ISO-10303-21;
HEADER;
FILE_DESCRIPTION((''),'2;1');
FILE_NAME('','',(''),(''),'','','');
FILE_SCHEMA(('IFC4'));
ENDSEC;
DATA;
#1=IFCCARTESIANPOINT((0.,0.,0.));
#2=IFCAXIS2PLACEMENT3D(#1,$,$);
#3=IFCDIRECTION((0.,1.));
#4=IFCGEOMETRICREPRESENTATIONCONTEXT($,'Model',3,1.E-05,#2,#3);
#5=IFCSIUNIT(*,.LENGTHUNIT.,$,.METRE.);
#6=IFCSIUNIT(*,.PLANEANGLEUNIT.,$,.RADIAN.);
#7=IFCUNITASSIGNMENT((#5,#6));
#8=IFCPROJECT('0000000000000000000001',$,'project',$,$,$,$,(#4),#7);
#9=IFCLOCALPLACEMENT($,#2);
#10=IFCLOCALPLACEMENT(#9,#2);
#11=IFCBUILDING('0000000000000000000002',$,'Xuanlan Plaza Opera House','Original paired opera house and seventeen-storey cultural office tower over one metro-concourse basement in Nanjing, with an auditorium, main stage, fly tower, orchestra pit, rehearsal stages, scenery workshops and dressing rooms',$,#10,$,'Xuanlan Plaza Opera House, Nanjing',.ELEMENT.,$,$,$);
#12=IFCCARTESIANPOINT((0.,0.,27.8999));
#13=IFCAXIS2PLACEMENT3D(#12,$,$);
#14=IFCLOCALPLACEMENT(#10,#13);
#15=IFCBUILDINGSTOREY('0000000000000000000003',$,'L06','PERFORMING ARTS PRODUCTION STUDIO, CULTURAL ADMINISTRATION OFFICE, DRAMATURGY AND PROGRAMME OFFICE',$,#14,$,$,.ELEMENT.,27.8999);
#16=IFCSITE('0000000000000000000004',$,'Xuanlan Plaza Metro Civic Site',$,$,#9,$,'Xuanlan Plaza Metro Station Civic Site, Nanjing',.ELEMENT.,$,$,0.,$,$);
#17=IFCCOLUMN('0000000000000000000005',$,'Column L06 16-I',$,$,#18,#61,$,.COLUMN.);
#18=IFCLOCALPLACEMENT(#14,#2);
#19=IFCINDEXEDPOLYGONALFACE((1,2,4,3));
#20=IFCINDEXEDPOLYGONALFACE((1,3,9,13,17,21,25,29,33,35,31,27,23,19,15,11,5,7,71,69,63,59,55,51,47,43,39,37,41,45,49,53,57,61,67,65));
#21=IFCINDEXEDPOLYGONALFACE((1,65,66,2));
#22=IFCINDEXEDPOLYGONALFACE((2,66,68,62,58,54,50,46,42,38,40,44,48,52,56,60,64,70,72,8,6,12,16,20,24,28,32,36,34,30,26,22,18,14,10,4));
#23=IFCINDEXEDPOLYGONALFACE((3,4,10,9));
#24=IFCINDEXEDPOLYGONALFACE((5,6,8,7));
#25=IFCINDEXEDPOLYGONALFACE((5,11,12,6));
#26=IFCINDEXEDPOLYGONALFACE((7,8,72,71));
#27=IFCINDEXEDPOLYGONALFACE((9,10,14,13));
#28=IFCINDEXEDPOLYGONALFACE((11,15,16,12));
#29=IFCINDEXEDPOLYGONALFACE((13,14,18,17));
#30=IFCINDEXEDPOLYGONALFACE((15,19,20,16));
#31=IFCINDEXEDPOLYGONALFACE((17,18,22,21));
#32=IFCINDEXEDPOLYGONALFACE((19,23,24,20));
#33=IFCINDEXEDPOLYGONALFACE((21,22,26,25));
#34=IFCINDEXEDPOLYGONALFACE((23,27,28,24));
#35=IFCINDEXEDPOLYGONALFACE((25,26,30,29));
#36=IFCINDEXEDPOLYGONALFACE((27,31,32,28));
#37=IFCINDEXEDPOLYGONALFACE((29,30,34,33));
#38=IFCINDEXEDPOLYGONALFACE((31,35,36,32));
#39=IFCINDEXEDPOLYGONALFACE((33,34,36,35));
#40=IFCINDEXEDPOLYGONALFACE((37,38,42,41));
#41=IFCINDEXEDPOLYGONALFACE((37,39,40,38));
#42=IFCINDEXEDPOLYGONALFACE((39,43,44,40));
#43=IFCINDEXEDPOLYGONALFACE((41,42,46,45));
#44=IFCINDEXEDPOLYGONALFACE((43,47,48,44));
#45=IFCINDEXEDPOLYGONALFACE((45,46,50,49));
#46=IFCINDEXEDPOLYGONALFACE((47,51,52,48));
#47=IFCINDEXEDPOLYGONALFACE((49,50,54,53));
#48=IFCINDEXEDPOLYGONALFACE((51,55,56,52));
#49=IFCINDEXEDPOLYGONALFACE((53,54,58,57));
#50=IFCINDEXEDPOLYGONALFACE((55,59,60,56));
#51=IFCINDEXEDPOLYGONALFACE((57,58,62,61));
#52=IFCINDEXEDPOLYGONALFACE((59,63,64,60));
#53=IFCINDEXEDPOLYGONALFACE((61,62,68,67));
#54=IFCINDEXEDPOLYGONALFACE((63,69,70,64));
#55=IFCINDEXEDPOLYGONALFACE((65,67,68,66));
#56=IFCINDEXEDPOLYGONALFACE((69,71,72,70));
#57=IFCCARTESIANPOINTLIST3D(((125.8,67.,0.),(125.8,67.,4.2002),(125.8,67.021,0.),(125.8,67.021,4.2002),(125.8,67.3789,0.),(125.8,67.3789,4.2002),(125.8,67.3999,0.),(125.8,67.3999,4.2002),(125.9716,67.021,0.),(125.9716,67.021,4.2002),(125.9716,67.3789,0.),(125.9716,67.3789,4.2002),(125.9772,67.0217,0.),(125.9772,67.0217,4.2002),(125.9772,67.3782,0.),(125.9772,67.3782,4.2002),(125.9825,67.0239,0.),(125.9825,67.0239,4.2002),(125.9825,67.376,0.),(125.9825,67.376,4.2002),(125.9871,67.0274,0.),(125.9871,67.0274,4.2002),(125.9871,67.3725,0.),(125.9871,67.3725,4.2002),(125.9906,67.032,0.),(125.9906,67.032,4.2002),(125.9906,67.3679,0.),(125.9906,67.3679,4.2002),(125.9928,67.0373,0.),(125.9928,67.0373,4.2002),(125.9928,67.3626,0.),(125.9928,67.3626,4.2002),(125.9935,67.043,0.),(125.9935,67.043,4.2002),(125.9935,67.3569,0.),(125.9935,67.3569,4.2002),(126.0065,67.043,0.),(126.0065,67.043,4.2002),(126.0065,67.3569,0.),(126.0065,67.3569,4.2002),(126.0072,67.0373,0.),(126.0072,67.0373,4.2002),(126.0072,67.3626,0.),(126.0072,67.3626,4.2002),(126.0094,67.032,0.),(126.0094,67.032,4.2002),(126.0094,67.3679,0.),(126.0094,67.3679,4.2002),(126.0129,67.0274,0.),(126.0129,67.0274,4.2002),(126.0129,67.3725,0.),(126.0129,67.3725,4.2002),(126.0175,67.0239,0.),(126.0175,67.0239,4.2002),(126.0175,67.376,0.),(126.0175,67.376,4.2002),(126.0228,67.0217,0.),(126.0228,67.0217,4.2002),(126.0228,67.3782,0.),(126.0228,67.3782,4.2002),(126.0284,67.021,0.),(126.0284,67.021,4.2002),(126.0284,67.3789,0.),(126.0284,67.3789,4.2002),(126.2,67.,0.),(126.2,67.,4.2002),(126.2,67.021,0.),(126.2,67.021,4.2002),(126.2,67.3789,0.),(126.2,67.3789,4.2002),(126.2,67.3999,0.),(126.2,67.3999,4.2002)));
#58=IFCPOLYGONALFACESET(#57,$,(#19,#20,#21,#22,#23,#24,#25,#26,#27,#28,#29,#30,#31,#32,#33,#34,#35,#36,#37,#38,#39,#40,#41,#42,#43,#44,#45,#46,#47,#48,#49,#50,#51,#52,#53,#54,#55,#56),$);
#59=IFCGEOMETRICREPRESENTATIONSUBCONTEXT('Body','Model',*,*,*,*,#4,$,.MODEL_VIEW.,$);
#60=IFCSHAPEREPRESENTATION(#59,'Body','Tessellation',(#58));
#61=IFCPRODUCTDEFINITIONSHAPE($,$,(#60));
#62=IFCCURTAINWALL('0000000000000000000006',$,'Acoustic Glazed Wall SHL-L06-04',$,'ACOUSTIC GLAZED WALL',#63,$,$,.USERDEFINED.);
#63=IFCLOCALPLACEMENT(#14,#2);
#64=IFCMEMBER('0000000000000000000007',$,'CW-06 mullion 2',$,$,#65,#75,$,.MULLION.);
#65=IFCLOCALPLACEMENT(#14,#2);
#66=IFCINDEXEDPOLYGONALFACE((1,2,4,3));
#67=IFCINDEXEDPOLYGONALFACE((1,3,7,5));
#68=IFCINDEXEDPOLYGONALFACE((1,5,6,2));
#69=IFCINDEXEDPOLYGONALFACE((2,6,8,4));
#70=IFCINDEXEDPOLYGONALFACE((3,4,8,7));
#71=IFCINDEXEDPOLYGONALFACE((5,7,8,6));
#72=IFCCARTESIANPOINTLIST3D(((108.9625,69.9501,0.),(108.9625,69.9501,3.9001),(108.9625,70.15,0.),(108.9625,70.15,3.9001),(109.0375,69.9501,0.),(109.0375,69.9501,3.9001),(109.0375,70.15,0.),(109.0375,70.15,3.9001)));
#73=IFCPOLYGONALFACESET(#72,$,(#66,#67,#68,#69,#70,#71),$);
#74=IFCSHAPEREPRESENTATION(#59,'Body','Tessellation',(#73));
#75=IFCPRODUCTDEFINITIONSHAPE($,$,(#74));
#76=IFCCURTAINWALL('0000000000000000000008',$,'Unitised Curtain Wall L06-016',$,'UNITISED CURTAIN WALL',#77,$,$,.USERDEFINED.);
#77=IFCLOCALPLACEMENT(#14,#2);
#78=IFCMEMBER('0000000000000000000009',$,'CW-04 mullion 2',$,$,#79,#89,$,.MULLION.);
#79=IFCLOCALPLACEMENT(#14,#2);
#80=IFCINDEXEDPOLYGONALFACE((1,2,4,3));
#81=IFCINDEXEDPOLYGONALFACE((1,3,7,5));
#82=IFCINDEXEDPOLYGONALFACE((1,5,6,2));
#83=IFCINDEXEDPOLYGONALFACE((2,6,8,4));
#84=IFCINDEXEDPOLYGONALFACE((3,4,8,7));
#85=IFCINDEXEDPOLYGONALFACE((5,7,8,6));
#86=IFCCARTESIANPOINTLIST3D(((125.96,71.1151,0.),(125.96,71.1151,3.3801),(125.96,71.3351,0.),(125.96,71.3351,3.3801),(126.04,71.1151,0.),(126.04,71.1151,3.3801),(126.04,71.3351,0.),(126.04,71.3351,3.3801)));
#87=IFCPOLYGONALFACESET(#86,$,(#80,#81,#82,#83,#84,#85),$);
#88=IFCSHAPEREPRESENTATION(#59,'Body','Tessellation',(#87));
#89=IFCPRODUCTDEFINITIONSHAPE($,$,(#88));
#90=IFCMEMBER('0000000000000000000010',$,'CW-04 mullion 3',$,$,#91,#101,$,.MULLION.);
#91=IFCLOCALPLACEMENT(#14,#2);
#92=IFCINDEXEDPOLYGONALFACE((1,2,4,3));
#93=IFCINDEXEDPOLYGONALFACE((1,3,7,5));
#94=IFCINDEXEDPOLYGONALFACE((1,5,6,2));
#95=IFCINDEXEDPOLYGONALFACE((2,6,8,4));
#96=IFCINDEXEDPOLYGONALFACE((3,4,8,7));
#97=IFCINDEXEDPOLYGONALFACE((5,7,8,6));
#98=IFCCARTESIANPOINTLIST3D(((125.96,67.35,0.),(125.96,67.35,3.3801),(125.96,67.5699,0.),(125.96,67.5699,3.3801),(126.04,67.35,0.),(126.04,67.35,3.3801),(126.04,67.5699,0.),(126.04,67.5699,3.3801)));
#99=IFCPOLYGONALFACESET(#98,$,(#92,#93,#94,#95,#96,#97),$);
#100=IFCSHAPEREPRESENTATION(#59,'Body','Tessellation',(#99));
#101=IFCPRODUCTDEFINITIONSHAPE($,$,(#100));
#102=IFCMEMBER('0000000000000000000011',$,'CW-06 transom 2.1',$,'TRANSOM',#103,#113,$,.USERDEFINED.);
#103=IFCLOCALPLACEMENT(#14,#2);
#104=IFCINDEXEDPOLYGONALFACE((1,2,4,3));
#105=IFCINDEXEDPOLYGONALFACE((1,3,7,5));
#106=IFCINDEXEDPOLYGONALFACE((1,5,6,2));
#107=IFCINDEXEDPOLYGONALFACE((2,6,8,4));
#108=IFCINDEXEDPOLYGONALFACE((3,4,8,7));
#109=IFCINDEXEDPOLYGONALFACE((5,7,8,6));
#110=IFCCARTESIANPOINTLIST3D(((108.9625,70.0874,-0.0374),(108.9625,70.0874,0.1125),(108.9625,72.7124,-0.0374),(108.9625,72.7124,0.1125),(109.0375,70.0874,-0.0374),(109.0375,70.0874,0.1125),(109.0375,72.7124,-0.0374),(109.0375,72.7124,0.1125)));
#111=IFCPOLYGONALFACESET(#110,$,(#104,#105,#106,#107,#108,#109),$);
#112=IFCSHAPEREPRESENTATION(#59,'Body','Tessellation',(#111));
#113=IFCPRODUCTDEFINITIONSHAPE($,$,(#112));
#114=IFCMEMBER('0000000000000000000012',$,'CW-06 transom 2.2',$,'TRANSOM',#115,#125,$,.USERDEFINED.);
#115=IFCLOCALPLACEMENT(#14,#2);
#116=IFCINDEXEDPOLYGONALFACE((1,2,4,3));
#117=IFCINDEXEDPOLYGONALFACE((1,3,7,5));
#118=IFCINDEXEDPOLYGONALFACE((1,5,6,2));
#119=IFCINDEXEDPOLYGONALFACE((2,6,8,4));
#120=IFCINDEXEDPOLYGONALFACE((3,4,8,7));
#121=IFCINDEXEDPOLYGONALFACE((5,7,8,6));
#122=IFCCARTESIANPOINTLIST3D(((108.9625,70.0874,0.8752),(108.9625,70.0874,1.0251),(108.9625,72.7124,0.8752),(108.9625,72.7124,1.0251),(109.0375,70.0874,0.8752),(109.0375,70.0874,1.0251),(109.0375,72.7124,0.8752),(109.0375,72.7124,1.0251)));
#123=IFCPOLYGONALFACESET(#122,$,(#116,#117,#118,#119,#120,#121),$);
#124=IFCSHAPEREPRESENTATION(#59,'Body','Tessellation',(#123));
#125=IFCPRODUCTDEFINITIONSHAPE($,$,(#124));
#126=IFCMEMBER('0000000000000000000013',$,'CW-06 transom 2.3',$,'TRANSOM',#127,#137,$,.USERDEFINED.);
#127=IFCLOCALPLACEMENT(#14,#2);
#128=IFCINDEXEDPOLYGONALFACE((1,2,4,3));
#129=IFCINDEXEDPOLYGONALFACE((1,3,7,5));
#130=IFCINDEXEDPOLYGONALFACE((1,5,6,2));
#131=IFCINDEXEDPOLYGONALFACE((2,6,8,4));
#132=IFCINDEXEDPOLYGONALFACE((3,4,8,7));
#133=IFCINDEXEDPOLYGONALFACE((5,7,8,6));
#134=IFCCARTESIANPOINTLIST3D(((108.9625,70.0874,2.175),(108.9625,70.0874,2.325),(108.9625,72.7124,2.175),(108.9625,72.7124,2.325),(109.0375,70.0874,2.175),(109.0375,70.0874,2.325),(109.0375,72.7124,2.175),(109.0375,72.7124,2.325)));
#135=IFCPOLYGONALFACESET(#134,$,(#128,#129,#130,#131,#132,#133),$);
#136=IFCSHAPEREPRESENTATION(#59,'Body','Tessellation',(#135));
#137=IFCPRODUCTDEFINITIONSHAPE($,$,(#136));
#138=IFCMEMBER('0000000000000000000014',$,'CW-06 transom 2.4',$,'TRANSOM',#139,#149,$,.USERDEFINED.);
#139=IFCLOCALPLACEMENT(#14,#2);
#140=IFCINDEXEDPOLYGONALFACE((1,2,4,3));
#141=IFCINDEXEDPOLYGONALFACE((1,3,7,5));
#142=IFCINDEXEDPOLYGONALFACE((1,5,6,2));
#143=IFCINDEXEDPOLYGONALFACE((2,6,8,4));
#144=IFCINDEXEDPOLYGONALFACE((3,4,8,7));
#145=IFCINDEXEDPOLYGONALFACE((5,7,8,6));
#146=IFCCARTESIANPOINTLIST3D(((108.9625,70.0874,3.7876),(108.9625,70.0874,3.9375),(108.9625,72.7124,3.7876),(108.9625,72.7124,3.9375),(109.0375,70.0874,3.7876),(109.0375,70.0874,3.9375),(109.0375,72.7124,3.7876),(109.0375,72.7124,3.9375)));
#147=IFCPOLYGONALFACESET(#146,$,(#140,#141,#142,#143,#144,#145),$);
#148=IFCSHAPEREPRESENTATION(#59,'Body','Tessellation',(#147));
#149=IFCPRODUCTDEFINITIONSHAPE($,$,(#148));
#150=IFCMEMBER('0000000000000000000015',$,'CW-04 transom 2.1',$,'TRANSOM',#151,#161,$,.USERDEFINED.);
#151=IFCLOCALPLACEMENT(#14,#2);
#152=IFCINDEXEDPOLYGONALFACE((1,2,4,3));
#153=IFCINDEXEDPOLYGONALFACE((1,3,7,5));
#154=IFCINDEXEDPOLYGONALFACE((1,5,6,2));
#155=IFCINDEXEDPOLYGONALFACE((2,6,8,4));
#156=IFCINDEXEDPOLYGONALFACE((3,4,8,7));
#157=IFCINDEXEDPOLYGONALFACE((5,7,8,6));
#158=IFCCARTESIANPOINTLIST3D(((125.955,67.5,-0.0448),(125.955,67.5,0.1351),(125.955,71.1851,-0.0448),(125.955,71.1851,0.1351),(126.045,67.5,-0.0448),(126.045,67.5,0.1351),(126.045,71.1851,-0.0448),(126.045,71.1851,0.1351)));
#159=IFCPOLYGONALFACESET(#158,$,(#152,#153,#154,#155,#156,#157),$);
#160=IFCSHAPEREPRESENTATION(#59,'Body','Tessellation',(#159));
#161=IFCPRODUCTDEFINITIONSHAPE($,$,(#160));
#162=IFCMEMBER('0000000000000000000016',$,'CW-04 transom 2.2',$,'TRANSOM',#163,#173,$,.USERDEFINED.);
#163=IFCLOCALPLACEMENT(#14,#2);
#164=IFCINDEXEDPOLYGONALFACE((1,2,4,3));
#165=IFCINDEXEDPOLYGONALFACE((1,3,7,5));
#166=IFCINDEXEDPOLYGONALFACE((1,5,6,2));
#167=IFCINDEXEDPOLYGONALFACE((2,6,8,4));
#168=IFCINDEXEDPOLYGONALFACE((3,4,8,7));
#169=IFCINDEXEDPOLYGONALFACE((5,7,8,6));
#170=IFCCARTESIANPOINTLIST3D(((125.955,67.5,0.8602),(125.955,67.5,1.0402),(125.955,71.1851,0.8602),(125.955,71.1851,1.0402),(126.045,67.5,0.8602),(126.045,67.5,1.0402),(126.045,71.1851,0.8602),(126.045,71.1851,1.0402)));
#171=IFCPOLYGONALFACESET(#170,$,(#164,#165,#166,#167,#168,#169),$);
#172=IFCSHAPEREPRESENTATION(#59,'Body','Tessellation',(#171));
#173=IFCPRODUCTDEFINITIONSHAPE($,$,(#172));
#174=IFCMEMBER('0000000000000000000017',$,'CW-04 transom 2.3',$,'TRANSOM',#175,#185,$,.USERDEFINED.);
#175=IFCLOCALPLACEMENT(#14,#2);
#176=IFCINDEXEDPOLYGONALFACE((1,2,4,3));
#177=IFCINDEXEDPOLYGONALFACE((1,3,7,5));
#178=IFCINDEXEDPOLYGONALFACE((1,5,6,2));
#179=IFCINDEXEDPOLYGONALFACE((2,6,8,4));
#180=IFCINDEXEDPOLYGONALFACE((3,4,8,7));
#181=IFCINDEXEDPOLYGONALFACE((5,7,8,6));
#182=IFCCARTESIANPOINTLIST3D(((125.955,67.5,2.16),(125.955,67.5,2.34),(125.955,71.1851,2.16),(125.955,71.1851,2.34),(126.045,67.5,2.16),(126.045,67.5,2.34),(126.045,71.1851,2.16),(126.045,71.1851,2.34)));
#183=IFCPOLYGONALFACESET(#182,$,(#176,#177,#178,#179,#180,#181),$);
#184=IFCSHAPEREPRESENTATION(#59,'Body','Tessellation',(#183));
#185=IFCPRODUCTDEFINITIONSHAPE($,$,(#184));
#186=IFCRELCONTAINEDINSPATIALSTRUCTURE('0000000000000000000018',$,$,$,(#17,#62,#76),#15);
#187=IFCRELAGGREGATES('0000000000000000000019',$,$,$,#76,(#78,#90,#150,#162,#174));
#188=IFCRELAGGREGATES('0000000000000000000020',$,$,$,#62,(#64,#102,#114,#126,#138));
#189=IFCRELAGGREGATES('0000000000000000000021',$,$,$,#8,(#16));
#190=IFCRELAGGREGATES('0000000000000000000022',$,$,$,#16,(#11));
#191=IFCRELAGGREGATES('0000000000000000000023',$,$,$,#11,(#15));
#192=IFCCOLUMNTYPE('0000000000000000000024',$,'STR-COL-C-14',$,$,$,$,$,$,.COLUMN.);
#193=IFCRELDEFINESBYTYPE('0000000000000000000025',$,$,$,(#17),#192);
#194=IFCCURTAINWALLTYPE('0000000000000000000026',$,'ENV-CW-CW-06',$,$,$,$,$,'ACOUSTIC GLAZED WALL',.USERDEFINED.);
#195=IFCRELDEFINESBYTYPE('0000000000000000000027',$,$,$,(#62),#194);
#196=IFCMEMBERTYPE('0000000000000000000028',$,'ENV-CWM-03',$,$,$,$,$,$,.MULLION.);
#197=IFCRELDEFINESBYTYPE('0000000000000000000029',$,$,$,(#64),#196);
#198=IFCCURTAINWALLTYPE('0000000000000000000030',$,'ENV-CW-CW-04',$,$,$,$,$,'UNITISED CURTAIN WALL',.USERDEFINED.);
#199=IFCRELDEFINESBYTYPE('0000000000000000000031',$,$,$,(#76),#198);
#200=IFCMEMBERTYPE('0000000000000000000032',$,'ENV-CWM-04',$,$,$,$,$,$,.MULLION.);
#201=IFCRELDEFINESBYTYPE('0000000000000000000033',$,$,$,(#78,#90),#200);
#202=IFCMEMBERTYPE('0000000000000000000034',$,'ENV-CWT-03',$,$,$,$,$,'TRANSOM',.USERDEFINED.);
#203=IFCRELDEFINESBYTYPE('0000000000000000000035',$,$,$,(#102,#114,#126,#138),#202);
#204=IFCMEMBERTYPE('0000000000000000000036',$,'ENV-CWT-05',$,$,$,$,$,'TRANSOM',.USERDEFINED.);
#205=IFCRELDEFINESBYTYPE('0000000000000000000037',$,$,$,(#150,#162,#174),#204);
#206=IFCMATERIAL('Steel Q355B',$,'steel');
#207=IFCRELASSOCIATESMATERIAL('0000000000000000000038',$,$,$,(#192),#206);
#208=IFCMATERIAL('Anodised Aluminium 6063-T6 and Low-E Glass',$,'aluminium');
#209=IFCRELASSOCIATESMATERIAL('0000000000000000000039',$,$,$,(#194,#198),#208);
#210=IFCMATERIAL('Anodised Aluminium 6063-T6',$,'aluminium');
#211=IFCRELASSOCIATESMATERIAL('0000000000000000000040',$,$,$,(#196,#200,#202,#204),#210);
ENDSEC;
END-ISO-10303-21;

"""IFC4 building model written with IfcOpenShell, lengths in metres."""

from ifc_helpers import new_model, si_unit, direction, frame, origin, origin_2d, place, context, subcontext, project, spatial, rectangle, i_section, extrude, material, material_profile, profile_set, type_object, element, aggregate, save


model = new_model("IFC4")

# Units and contexts
model_context = context("Model", 3, precision=1e-05, world=origin(), true_north=direction((0.0, 1.0)))
body_context = subcontext(model_context, "Body", "Model", "MODEL_VIEW")
ifc_project = project(units=[si_unit("LENGTHUNIT", "METRE"), si_unit("PLANEANGLEUNIT", "RADIAN")], contexts=[model_context])

# Site, building, storey
site_placement = place(None, origin())
site = spatial("IfcSite", under=ifc_project, at=site_placement, Name="Xuanlan Plaza Metro Civic Site", LongName="Xuanlan Plaza Metro Station Civic Site, Nanjing", CompositionType="ELEMENT", RefElevation=0.0)
building_placement = place(site_placement, origin())
building = spatial("IfcBuilding", under=site, at=building_placement, Name="Xuanlan Plaza Opera House", Description="Original paired opera house and seventeen-storey cultural office tower over one metro-concourse basement in Nanjing, with an auditorium, main stage, fly tower, orchestra pit, rehearsal stages, scenery workshops and dressing rooms", LongName="Xuanlan Plaza Opera House, Nanjing", CompositionType="ELEMENT")
storey_placement = place(building_placement, frame((0.0, 0.0, 27.8999)))
storey = spatial("IfcBuildingStorey", under=building, at=storey_placement, Name="L06", Description="PERFORMING ARTS PRODUCTION STUDIO, CULTURAL ADMINISTRATION OFFICE, DRAMATURGY AND PROGRAMME OFFICE", CompositionType="ELEMENT", Elevation=27.8999)

# Column
ifc_material_1 = material(Name="Steel Q355B", Category="steel")
ifc_material_profile_1 = material_profile(ifc_material_1, i_section(OverallWidth=0.3999, OverallDepth=0.3999, WebThickness=0.0129, FlangeThickness=0.021, FilletRadius=0.022, at=origin_2d()), Name="HW 400x400x13x21")
ifc_profile_set_1 = profile_set([ifc_material_profile_1], Name="Steel Q355B")
column_type = type_object("IfcColumnType", Name="STR-COL-C-14", PredefinedType="COLUMN", material=ifc_profile_set_1)
column_placement = place(storey_placement, frame((126.0, 67.2, 0.0), z_axis=(0.0, 0.0, 1.0), x_axis=(1.0, 0.0, 0.0)))
element("IfcColumn", 1, at=column_placement, inside=storey, type_object=column_type, Name="Column L06 16-I", PredefinedType="COLUMN", context=body_context, shape_type="SweptSolid", body=[
    extrude(i_section(OverallWidth=0.3999, OverallDepth=0.3999, WebThickness=0.0129, FlangeThickness=0.021, FilletRadius=0.022, at=origin_2d()), origin(), (0.0, 0.0, 1.0), 4.2002),
])

# Curtain wall, member
ifc_material_2 = material(Name="Anodised Aluminium 6063-T6 and Low-E Glass", Category="aluminium")
curtain_wall_type_1 = type_object("IfcCurtainWallType", Name="ENV-CW-CW-06", ElementType="ACOUSTIC GLAZED WALL", PredefinedType="USERDEFINED", material=ifc_material_2)
curtain_wall_1_placement = place(storey_placement, origin())
curtain_wall_1 = element("IfcCurtainWall", 2, at=curtain_wall_1_placement, inside=storey, type_object=curtain_wall_type_1, Name="Acoustic Glazed Wall SHL-L06-04", ObjectType="ACOUSTIC GLAZED WALL", PredefinedType="USERDEFINED")
ifc_material_3 = material(Name="Anodised Aluminium 6063-T6", Category="aluminium")
ifc_material_profile_2 = material_profile(ifc_material_3, rectangle(XDim=0.075, YDim=0.2, at=origin_2d()), Name="ALU-M 75x200")
ifc_profile_set_2 = profile_set([ifc_material_profile_2], Name="Anodised Aluminium 6063-T6")
member_type_1 = type_object("IfcMemberType", Name="ENV-CWM-03", PredefinedType="MULLION", material=ifc_profile_set_2)
member_1_placement = place(storey_placement, frame((109.0, 70.05, 0.0), z_axis=(0.0, 0.0, 1.0), x_axis=(-1.0, 0.0, 0.0)))
member_1 = element("IfcMember", 3, at=member_1_placement, type_object=member_type_1, Name="CW-06 mullion 2", PredefinedType="MULLION", context=body_context, shape_type="SweptSolid", body=[
    extrude(rectangle(XDim=0.075, YDim=0.2, at=origin_2d()), origin(), (0.0, 0.0, 1.0), 3.9001),
])

# Curtain wall, members
curtain_wall_type_2 = type_object("IfcCurtainWallType", Name="ENV-CW-CW-04", ElementType="UNITISED CURTAIN WALL", PredefinedType="USERDEFINED", material=ifc_material_2)
curtain_wall_2_placement = place(storey_placement, origin())
curtain_wall_2 = element("IfcCurtainWall", 4, at=curtain_wall_2_placement, inside=storey, type_object=curtain_wall_type_2, Name="Unitised Curtain Wall L06-016", ObjectType="UNITISED CURTAIN WALL", PredefinedType="USERDEFINED")
ifc_material_profile_3 = material_profile(ifc_material_3, rectangle(XDim=0.0801, YDim=0.22, at=origin_2d()), Name="ALU-M 80x220")
ifc_profile_set_3 = profile_set([ifc_material_profile_3], Name="Anodised Aluminium 6063-T6")
member_type_2 = type_object("IfcMemberType", Name="ENV-CWM-04", PredefinedType="MULLION", material=ifc_profile_set_3)
member_2_placement = place(storey_placement, frame((126.0, 71.2251, 0.0), z_axis=(0.0, 0.0, 1.0), x_axis=(1.0, 0.0, 0.0)))
member_2 = element("IfcMember", 5, at=member_2_placement, type_object=member_type_2, Name="CW-04 mullion 2", PredefinedType="MULLION", context=body_context, shape_type="SweptSolid", body=[
    extrude(rectangle(XDim=0.0801, YDim=0.22, at=origin_2d()), origin(), (0.0, 0.0, 1.0), 3.3801),
])
member_3_placement = place(storey_placement, frame((126.0, 67.46, 0.0), z_axis=(0.0, 0.0, 1.0), x_axis=(1.0, 0.0, 0.0)))
member_3 = element("IfcMember", 6, at=member_3_placement, type_object=member_type_2, Name="CW-04 mullion 3", PredefinedType="MULLION", context=body_context, shape_type="SweptSolid", body=[
    extrude(rectangle(XDim=0.0801, YDim=0.22, at=origin_2d()), origin(), (0.0, 0.0, 1.0), 3.3801),
])

# Members
ifc_material_profile_4 = material_profile(ifc_material_3, rectangle(XDim=0.075, YDim=0.1499, at=origin_2d()), Name="ALU-T 75x150")
ifc_profile_set_4 = profile_set([ifc_material_profile_4], Name="Anodised Aluminium 6063-T6")
member_type_3 = type_object("IfcMemberType", Name="ENV-CWT-03", ElementType="TRANSOM", PredefinedType="USERDEFINED", material=ifc_profile_set_4)
member_4_placement = place(storey_placement, frame((109.0, 70.0874, 0.0376), z_axis=(0.0, 1.0, 0.0), x_axis=(-1.0, 0.0, 0.0)))
member_4 = element("IfcMember", 7, at=member_4_placement, type_object=member_type_3, Name="CW-06 transom 2.1", ObjectType="TRANSOM", PredefinedType="USERDEFINED", context=body_context, shape_type="SweptSolid", body=[
    extrude(rectangle(XDim=0.075, YDim=0.1499, at=origin_2d()), origin(), (0.0, 0.0, 1.0), 2.625),
])
member_5_placement = place(storey_placement, frame((109.0, 70.0874, 0.9502), z_axis=(0.0, 1.0, 0.0), x_axis=(-1.0, 0.0, 0.0)))
member_5 = element("IfcMember", 8, at=member_5_placement, type_object=member_type_3, Name="CW-06 transom 2.2", ObjectType="TRANSOM", PredefinedType="USERDEFINED", context=body_context, shape_type="SweptSolid", body=[
    extrude(rectangle(XDim=0.075, YDim=0.1499, at=origin_2d()), origin(), (0.0, 0.0, 1.0), 2.625),
])
member_6_placement = place(storey_placement, frame((109.0, 70.0874, 2.25), z_axis=(0.0, 1.0, 0.0), x_axis=(-1.0, 0.0, 0.0)))
member_6 = element("IfcMember", 9, at=member_6_placement, type_object=member_type_3, Name="CW-06 transom 2.3", ObjectType="TRANSOM", PredefinedType="USERDEFINED", context=body_context, shape_type="SweptSolid", body=[
    extrude(rectangle(XDim=0.075, YDim=0.1499, at=origin_2d()), origin(), (0.0, 0.0, 1.0), 2.625),
])
member_7_placement = place(storey_placement, frame((109.0, 70.0874, 3.8625), z_axis=(0.0, 1.0, 0.0), x_axis=(-1.0, 0.0, 0.0)))
member_7 = element("IfcMember", 10, at=member_7_placement, type_object=member_type_3, Name="CW-06 transom 2.4", ObjectType="TRANSOM", PredefinedType="USERDEFINED", context=body_context, shape_type="SweptSolid", body=[
    extrude(rectangle(XDim=0.075, YDim=0.1499, at=origin_2d()), origin(), (0.0, 0.0, 1.0), 2.625),
])
ifc_material_profile_5 = material_profile(ifc_material_3, rectangle(XDim=0.0901, YDim=0.1799, at=origin_2d()), Name="ALU-T 90x180")
ifc_profile_set_5 = profile_set([ifc_material_profile_5], Name="Anodised Aluminium 6063-T6")
member_type_4 = type_object("IfcMemberType", Name="ENV-CWT-05", ElementType="TRANSOM", PredefinedType="USERDEFINED", material=ifc_profile_set_5)
member_8_placement = place(storey_placement, frame((126.0, 71.1851, 0.0452), z_axis=(0.0, -1.0, 0.0), x_axis=(1.0, 0.0, 0.0)))
member_8 = element("IfcMember", 11, at=member_8_placement, type_object=member_type_4, Name="CW-04 transom 2.1", ObjectType="TRANSOM", PredefinedType="USERDEFINED", context=body_context, shape_type="SweptSolid", body=[
    extrude(rectangle(XDim=0.0901, YDim=0.1799, at=origin_2d()), origin(), (0.0, 0.0, 1.0), 3.6851),
])
member_9_placement = place(storey_placement, frame((126.0, 71.1851, 0.9502), z_axis=(0.0, -1.0, 0.0), x_axis=(1.0, 0.0, 0.0)))
member_9 = element("IfcMember", 12, at=member_9_placement, type_object=member_type_4, Name="CW-04 transom 2.2", ObjectType="TRANSOM", PredefinedType="USERDEFINED", context=body_context, shape_type="SweptSolid", body=[
    extrude(rectangle(XDim=0.0901, YDim=0.1799, at=origin_2d()), origin(), (0.0, 0.0, 1.0), 3.6851),
])
member_10_placement = place(storey_placement, frame((126.0, 71.1851, 2.25), z_axis=(0.0, -1.0, 0.0), x_axis=(1.0, 0.0, 0.0)))
member_10 = element("IfcMember", 13, at=member_10_placement, type_object=member_type_4, Name="CW-04 transom 2.3", ObjectType="TRANSOM", PredefinedType="USERDEFINED", context=body_context, shape_type="SweptSolid", body=[
    extrude(rectangle(XDim=0.0901, YDim=0.1799, at=origin_2d()), origin(), (0.0, 0.0, 1.0), 3.6851),
])

aggregate(curtain_wall_2, [member_2, member_3, member_8, member_9, member_10])
aggregate(curtain_wall_1, [member_1, member_4, member_5, member_6, member_7])

save(model, "model.ifc")
